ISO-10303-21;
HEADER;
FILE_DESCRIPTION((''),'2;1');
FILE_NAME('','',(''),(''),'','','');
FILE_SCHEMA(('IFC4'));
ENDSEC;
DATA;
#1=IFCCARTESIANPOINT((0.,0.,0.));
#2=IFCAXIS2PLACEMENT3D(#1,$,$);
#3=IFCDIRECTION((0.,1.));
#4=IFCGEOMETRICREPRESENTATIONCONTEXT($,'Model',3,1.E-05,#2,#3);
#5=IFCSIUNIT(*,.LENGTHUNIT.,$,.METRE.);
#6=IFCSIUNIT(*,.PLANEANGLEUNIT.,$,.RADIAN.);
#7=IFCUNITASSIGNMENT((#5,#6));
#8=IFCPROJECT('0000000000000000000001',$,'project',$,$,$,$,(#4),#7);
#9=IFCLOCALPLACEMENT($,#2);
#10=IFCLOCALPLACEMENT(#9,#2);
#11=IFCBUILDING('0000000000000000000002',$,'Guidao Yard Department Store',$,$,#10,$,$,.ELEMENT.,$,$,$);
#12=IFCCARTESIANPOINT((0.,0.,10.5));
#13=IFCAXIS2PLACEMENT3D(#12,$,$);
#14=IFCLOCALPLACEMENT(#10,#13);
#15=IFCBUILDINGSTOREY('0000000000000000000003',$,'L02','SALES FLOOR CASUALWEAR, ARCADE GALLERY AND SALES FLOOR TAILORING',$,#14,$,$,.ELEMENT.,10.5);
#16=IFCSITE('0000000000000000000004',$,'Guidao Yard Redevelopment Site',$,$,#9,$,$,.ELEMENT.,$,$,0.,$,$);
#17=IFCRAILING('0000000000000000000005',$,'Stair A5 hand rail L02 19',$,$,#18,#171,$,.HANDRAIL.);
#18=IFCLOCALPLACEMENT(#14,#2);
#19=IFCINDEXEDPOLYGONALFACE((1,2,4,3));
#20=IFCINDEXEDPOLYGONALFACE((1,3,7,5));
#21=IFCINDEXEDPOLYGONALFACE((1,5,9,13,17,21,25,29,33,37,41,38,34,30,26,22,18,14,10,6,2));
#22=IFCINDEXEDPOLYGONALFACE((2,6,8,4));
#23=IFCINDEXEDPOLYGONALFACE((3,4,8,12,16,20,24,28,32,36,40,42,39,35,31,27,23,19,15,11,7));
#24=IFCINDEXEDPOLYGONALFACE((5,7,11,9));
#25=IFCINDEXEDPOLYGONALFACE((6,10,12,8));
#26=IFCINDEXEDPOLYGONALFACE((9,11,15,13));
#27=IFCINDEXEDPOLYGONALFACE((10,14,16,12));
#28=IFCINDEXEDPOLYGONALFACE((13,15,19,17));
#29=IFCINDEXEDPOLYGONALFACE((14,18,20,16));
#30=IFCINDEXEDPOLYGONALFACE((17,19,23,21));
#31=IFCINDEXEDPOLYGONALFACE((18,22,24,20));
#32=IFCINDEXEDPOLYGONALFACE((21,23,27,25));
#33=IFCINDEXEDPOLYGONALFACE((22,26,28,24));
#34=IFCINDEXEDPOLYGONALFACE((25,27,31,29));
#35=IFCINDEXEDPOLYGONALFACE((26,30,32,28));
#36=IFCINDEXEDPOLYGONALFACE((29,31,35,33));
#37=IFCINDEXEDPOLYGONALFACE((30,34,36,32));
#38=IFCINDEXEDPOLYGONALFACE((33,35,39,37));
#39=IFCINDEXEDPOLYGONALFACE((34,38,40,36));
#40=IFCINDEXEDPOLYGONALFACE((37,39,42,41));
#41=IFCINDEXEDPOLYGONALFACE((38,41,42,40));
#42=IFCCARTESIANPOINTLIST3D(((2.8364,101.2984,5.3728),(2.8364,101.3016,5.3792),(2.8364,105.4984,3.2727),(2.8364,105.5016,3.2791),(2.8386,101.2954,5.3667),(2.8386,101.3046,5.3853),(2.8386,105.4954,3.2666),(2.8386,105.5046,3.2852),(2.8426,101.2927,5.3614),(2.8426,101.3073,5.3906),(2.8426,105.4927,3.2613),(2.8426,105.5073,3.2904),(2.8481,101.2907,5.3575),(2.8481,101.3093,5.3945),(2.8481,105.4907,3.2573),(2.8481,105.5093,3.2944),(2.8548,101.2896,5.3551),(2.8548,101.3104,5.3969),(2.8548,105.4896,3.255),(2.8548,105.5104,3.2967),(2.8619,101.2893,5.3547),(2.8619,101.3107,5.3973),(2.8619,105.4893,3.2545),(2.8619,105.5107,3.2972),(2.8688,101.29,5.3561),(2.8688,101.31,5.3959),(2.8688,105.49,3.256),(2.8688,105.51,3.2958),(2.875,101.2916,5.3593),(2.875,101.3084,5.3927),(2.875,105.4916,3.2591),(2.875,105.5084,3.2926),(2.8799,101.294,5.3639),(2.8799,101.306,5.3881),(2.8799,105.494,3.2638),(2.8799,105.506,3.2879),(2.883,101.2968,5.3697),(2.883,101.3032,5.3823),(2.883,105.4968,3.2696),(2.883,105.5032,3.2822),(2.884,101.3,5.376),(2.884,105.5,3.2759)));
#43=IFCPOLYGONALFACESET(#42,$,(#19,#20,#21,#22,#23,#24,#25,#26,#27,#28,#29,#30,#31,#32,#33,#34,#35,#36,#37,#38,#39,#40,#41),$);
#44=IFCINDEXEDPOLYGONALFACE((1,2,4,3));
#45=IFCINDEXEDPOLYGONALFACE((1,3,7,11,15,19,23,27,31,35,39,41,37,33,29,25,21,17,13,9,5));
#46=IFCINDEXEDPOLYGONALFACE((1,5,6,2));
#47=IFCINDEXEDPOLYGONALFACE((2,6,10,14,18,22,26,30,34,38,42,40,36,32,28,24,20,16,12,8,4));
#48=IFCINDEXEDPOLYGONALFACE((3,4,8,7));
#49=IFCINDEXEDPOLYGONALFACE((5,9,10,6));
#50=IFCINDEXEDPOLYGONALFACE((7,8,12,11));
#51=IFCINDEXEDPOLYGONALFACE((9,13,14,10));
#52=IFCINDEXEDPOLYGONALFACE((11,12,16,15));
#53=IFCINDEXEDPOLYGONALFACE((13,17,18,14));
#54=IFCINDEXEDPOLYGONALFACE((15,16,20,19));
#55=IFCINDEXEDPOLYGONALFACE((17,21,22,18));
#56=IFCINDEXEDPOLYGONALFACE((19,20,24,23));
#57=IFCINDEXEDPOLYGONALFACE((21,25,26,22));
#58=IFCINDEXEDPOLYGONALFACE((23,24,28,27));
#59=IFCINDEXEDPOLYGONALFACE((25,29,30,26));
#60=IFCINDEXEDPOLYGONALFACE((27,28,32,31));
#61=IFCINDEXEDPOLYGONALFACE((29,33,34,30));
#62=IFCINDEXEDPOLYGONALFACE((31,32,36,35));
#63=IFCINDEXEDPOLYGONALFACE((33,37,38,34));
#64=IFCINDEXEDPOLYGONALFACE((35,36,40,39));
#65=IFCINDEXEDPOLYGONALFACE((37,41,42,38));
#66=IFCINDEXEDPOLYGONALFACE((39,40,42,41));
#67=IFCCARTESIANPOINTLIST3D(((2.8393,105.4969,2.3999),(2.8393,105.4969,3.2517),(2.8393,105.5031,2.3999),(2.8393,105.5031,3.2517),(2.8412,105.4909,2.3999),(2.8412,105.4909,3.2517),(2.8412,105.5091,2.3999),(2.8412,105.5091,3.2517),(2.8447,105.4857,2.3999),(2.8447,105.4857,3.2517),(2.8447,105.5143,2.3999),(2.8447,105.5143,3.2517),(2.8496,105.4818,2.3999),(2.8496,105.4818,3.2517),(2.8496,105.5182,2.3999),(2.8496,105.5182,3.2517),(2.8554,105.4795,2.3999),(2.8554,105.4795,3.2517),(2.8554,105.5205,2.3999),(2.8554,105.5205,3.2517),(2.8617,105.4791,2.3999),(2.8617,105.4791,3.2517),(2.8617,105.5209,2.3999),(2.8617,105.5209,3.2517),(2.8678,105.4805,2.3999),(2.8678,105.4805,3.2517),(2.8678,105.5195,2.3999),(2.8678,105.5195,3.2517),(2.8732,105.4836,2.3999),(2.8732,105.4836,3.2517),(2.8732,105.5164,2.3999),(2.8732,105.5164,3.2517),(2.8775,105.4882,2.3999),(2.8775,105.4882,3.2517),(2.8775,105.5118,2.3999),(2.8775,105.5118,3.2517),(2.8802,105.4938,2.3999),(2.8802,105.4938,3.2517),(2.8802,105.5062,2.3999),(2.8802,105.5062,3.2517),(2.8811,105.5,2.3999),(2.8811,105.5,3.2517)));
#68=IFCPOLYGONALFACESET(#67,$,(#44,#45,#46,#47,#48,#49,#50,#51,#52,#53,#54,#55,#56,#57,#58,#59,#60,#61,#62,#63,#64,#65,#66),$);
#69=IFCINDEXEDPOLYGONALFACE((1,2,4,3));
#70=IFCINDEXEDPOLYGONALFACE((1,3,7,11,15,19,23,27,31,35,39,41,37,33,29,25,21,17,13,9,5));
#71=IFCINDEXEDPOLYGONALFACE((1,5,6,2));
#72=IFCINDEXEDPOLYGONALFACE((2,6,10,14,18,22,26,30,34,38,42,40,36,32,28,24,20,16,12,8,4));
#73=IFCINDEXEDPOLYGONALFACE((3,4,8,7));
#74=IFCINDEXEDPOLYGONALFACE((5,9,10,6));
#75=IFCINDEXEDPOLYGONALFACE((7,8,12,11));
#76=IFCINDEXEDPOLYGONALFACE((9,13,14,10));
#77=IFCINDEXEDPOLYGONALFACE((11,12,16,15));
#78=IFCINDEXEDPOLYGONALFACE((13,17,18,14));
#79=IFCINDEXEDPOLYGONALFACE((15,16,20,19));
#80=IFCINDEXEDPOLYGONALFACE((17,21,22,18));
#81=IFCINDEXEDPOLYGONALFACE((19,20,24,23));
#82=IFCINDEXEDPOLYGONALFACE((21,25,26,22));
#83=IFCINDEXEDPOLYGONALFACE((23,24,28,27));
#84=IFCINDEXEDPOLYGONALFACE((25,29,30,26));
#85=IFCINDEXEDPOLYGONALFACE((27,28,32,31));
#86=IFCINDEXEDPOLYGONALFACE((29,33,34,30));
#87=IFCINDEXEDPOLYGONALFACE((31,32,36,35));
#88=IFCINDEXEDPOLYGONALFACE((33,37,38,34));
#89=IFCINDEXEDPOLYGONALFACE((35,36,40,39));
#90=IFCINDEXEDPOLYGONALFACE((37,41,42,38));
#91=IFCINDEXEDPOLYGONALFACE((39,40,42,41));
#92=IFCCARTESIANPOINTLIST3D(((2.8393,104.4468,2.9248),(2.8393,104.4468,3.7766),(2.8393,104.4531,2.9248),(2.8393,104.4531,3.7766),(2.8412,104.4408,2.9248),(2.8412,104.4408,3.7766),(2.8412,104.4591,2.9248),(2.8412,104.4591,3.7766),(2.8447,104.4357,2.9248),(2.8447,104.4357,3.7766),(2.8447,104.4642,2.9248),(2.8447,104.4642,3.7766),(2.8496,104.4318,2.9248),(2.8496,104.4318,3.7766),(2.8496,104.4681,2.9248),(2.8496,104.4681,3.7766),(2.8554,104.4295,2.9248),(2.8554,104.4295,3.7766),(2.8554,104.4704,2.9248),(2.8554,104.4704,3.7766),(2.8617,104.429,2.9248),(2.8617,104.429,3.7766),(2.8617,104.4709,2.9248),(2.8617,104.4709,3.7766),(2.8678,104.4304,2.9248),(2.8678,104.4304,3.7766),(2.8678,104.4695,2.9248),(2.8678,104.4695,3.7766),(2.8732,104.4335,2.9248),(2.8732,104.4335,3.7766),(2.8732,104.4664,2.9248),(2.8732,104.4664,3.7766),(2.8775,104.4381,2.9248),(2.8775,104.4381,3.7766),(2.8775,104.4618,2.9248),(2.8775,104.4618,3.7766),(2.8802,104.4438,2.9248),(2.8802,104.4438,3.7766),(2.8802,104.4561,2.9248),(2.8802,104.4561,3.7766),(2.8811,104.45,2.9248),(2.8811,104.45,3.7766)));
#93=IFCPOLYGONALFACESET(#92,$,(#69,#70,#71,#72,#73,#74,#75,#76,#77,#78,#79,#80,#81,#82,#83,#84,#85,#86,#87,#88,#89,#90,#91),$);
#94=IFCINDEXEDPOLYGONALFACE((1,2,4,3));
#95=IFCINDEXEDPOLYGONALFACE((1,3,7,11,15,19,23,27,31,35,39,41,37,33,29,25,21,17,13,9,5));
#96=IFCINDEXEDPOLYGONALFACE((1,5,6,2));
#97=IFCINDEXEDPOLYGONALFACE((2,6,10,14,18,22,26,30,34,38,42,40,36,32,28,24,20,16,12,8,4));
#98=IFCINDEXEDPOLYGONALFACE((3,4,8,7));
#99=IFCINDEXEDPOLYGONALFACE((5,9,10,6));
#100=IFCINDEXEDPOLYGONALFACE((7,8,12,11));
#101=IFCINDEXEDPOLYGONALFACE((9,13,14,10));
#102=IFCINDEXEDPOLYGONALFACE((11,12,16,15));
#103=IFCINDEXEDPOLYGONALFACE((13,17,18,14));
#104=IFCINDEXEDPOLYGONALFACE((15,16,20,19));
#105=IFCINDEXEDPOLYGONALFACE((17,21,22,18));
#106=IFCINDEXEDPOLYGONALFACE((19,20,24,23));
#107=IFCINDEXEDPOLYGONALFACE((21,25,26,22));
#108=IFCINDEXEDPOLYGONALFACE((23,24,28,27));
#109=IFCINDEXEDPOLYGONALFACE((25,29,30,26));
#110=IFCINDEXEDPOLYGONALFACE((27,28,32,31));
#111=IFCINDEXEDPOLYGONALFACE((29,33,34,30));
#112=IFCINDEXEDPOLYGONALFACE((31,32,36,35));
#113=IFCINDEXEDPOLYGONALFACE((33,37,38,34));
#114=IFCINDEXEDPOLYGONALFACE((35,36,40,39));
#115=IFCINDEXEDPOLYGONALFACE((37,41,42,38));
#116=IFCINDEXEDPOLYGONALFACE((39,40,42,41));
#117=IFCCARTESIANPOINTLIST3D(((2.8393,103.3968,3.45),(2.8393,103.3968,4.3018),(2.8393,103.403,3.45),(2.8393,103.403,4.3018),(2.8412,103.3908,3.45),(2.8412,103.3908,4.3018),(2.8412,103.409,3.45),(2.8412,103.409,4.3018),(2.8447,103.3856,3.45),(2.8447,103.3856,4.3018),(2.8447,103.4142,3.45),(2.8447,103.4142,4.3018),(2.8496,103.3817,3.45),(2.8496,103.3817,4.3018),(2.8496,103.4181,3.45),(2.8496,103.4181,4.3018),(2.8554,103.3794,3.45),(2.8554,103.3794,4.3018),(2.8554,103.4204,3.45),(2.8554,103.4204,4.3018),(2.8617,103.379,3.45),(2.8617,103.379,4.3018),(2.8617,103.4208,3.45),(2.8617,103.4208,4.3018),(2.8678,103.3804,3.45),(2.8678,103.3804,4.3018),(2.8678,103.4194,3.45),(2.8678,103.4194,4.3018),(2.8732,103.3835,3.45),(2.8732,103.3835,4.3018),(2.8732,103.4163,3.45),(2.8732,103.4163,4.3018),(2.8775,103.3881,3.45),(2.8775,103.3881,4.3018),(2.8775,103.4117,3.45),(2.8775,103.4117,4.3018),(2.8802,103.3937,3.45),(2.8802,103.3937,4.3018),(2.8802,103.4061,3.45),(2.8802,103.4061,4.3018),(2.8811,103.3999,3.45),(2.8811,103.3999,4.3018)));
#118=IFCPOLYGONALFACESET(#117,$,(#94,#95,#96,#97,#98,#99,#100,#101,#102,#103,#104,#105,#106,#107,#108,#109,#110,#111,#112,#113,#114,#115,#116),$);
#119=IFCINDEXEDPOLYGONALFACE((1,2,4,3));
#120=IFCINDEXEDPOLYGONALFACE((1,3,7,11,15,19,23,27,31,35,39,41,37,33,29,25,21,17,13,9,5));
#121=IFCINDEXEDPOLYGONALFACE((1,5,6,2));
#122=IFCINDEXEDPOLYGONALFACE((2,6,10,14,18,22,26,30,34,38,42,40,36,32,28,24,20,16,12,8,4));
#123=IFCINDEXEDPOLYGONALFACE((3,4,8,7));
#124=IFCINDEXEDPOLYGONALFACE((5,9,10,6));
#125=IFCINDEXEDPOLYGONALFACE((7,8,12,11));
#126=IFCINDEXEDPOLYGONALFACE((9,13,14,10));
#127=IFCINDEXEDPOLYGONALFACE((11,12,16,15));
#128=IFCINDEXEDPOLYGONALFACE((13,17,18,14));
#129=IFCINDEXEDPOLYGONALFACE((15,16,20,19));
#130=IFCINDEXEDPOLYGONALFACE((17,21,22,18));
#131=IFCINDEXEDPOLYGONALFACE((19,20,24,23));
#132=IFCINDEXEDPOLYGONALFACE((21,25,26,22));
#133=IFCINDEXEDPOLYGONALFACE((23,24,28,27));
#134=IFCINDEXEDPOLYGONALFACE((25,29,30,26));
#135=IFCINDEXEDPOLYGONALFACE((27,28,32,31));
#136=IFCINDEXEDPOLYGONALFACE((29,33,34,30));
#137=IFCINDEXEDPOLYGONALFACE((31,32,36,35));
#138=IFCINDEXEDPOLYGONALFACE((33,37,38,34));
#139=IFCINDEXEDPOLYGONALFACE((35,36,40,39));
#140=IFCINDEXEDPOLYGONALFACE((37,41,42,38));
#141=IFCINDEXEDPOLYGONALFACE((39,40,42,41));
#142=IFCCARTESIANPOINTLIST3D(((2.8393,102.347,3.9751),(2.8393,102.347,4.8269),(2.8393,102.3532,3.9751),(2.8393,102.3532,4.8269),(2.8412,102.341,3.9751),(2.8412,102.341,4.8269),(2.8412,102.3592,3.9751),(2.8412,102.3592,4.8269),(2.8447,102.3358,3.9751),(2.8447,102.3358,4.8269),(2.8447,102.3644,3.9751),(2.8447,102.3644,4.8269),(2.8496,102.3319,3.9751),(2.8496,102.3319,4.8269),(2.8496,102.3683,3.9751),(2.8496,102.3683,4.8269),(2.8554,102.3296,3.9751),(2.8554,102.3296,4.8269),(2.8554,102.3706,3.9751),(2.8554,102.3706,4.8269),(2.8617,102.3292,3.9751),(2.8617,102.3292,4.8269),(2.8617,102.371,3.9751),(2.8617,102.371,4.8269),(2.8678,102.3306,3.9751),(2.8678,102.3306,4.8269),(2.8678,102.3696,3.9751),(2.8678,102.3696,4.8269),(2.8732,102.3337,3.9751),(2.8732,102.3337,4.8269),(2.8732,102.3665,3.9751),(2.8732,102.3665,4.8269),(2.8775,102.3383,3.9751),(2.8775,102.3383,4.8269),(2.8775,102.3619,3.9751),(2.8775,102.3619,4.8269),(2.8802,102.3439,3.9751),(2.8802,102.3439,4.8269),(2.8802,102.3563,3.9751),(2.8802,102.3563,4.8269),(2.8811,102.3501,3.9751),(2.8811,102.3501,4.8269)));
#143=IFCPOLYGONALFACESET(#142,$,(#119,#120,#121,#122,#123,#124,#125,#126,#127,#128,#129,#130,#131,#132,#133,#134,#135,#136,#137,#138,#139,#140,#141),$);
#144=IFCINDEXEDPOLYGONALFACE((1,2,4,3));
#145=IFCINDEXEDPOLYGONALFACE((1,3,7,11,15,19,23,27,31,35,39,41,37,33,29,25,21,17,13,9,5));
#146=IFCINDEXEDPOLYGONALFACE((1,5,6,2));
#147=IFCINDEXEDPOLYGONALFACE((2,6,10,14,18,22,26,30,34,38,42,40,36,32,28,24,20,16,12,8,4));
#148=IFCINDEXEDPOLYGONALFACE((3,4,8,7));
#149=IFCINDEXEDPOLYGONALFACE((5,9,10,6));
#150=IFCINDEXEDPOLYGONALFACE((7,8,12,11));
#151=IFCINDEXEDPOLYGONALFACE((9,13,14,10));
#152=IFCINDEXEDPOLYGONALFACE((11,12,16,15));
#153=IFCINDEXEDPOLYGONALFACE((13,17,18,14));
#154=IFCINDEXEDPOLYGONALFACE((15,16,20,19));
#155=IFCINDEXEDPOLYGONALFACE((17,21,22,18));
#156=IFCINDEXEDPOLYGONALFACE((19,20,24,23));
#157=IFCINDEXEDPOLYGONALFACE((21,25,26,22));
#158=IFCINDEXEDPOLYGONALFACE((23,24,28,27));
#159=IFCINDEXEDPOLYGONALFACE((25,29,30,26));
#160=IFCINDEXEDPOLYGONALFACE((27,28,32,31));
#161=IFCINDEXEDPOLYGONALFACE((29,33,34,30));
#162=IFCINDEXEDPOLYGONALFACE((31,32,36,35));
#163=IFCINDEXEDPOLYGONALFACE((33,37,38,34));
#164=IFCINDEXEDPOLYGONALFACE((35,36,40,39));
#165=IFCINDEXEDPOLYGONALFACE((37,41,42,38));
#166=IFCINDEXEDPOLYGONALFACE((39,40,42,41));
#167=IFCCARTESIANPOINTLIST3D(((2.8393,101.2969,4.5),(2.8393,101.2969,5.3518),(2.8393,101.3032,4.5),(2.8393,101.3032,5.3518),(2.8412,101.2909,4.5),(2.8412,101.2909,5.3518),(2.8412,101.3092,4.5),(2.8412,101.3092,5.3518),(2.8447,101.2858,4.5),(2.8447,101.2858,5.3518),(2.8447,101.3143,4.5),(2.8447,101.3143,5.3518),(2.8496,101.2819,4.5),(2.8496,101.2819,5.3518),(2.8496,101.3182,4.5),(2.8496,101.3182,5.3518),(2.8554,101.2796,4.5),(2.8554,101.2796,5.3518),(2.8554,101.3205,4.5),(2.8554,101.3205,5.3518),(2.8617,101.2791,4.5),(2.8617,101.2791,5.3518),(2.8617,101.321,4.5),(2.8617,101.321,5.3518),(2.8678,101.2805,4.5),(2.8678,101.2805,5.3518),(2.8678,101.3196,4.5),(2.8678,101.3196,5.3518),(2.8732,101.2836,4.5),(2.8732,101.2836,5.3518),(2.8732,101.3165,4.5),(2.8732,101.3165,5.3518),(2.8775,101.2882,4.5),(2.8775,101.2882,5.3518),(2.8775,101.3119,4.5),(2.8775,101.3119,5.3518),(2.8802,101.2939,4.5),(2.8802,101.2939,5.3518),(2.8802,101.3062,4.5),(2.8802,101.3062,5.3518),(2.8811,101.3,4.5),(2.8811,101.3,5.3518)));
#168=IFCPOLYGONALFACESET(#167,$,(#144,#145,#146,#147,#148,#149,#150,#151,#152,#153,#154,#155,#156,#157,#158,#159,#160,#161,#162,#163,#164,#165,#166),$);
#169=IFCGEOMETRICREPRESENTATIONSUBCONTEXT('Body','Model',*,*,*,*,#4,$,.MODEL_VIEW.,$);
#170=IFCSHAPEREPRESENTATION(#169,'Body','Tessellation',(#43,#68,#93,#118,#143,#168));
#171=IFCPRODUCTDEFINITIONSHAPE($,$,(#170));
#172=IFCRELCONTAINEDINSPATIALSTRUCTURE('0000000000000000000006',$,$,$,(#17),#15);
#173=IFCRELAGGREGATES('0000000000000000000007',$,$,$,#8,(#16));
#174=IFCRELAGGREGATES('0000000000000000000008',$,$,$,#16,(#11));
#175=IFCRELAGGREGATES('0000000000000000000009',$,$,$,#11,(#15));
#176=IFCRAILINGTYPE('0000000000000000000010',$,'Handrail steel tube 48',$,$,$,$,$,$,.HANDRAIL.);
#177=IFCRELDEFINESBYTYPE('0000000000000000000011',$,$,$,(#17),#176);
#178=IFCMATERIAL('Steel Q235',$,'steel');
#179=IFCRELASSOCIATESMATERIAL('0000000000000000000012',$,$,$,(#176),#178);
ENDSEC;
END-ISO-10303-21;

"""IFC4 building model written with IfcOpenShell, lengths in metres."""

from ifc_helpers import new_model, si_unit, direction, frame, origin, origin_2d, place, context, subcontext, project, spatial, circle, extrude, material, type_object, element, save


model = new_model("IFC4")

# Units and contexts
model_context = context("Model", 3, precision=1e-05, world=origin(), true_north=direction((0.0, 1.0)))
body_context = subcontext(model_context, "Body", "Model", "MODEL_VIEW")
ifc_project = project(units=[si_unit("LENGTHUNIT", "METRE"), si_unit("PLANEANGLEUNIT", "RADIAN")], contexts=[model_context])

# Site, building, storey
site_placement = place(None, origin())
site = spatial("IfcSite", under=ifc_project, at=site_placement, Name="Guidao Yard Redevelopment Site", CompositionType="ELEMENT", RefElevation=0.0)
building_placement = place(site_placement, origin())
building = spatial("IfcBuilding", under=site, at=building_placement, Name="Guidao Yard Department Store", CompositionType="ELEMENT")
storey_placement = place(building_placement, frame((0.0, 0.0, 10.5)))
storey = spatial("IfcBuildingStorey", under=building, at=storey_placement, Name="L02", Description="SALES FLOOR CASUALWEAR, ARCADE GALLERY AND SALES FLOOR TAILORING", CompositionType="ELEMENT", Elevation=10.5)

# Railing
ifc_material_1 = material(Name="Steel Q235", Category="steel")
railing_type_1 = type_object("IfcRailingType", Name="Handrail steel tube 48", PredefinedType="HANDRAIL", material=ifc_material_1)
for number, where, name in (
    (1, (2.8601, 105.5, 2.3999), "Stair A5 hand rail L02 19"),
):
    element("IfcRailing", number, at=place(storey_placement, frame(where)), inside=storey, type_object=railing_type_1, Name=name, PredefinedType="HANDRAIL", context=body_context, shape_type="SweptSolid", body=[
        extrude(circle(Radius=0.0239, at=origin_2d()), frame((0.0, 0.0, 0.876), z_axis=(0.0, -0.894417, 0.447234), x_axis=(1.0, 0.0, 0.0)), (0.0, 0.0, 1.0), 4.6958),
        extrude(circle(Radius=0.021, at=origin_2d()), origin(), (0.0, 0.0, 1.0), 0.8518),
        extrude(circle(Radius=0.021, at=origin_2d()), frame((0.0, -1.05, 0.5249)), (0.0, 0.0, 1.0), 0.8518),
        extrude(circle(Radius=0.021, at=origin_2d()), frame((0.0, -2.1001, 1.05)), (0.0, 0.0, 1.0), 0.8518),
        extrude(circle(Radius=0.021, at=origin_2d()), frame((0.0, -3.1499, 1.5752)), (0.0, 0.0, 1.0), 0.8518),
        extrude(circle(Radius=0.021, at=origin_2d()), frame((0.0, -4.2, 2.1001)), (0.0, 0.0, 1.0), 0.8518),
    ])

save(model, "model.ifc")
